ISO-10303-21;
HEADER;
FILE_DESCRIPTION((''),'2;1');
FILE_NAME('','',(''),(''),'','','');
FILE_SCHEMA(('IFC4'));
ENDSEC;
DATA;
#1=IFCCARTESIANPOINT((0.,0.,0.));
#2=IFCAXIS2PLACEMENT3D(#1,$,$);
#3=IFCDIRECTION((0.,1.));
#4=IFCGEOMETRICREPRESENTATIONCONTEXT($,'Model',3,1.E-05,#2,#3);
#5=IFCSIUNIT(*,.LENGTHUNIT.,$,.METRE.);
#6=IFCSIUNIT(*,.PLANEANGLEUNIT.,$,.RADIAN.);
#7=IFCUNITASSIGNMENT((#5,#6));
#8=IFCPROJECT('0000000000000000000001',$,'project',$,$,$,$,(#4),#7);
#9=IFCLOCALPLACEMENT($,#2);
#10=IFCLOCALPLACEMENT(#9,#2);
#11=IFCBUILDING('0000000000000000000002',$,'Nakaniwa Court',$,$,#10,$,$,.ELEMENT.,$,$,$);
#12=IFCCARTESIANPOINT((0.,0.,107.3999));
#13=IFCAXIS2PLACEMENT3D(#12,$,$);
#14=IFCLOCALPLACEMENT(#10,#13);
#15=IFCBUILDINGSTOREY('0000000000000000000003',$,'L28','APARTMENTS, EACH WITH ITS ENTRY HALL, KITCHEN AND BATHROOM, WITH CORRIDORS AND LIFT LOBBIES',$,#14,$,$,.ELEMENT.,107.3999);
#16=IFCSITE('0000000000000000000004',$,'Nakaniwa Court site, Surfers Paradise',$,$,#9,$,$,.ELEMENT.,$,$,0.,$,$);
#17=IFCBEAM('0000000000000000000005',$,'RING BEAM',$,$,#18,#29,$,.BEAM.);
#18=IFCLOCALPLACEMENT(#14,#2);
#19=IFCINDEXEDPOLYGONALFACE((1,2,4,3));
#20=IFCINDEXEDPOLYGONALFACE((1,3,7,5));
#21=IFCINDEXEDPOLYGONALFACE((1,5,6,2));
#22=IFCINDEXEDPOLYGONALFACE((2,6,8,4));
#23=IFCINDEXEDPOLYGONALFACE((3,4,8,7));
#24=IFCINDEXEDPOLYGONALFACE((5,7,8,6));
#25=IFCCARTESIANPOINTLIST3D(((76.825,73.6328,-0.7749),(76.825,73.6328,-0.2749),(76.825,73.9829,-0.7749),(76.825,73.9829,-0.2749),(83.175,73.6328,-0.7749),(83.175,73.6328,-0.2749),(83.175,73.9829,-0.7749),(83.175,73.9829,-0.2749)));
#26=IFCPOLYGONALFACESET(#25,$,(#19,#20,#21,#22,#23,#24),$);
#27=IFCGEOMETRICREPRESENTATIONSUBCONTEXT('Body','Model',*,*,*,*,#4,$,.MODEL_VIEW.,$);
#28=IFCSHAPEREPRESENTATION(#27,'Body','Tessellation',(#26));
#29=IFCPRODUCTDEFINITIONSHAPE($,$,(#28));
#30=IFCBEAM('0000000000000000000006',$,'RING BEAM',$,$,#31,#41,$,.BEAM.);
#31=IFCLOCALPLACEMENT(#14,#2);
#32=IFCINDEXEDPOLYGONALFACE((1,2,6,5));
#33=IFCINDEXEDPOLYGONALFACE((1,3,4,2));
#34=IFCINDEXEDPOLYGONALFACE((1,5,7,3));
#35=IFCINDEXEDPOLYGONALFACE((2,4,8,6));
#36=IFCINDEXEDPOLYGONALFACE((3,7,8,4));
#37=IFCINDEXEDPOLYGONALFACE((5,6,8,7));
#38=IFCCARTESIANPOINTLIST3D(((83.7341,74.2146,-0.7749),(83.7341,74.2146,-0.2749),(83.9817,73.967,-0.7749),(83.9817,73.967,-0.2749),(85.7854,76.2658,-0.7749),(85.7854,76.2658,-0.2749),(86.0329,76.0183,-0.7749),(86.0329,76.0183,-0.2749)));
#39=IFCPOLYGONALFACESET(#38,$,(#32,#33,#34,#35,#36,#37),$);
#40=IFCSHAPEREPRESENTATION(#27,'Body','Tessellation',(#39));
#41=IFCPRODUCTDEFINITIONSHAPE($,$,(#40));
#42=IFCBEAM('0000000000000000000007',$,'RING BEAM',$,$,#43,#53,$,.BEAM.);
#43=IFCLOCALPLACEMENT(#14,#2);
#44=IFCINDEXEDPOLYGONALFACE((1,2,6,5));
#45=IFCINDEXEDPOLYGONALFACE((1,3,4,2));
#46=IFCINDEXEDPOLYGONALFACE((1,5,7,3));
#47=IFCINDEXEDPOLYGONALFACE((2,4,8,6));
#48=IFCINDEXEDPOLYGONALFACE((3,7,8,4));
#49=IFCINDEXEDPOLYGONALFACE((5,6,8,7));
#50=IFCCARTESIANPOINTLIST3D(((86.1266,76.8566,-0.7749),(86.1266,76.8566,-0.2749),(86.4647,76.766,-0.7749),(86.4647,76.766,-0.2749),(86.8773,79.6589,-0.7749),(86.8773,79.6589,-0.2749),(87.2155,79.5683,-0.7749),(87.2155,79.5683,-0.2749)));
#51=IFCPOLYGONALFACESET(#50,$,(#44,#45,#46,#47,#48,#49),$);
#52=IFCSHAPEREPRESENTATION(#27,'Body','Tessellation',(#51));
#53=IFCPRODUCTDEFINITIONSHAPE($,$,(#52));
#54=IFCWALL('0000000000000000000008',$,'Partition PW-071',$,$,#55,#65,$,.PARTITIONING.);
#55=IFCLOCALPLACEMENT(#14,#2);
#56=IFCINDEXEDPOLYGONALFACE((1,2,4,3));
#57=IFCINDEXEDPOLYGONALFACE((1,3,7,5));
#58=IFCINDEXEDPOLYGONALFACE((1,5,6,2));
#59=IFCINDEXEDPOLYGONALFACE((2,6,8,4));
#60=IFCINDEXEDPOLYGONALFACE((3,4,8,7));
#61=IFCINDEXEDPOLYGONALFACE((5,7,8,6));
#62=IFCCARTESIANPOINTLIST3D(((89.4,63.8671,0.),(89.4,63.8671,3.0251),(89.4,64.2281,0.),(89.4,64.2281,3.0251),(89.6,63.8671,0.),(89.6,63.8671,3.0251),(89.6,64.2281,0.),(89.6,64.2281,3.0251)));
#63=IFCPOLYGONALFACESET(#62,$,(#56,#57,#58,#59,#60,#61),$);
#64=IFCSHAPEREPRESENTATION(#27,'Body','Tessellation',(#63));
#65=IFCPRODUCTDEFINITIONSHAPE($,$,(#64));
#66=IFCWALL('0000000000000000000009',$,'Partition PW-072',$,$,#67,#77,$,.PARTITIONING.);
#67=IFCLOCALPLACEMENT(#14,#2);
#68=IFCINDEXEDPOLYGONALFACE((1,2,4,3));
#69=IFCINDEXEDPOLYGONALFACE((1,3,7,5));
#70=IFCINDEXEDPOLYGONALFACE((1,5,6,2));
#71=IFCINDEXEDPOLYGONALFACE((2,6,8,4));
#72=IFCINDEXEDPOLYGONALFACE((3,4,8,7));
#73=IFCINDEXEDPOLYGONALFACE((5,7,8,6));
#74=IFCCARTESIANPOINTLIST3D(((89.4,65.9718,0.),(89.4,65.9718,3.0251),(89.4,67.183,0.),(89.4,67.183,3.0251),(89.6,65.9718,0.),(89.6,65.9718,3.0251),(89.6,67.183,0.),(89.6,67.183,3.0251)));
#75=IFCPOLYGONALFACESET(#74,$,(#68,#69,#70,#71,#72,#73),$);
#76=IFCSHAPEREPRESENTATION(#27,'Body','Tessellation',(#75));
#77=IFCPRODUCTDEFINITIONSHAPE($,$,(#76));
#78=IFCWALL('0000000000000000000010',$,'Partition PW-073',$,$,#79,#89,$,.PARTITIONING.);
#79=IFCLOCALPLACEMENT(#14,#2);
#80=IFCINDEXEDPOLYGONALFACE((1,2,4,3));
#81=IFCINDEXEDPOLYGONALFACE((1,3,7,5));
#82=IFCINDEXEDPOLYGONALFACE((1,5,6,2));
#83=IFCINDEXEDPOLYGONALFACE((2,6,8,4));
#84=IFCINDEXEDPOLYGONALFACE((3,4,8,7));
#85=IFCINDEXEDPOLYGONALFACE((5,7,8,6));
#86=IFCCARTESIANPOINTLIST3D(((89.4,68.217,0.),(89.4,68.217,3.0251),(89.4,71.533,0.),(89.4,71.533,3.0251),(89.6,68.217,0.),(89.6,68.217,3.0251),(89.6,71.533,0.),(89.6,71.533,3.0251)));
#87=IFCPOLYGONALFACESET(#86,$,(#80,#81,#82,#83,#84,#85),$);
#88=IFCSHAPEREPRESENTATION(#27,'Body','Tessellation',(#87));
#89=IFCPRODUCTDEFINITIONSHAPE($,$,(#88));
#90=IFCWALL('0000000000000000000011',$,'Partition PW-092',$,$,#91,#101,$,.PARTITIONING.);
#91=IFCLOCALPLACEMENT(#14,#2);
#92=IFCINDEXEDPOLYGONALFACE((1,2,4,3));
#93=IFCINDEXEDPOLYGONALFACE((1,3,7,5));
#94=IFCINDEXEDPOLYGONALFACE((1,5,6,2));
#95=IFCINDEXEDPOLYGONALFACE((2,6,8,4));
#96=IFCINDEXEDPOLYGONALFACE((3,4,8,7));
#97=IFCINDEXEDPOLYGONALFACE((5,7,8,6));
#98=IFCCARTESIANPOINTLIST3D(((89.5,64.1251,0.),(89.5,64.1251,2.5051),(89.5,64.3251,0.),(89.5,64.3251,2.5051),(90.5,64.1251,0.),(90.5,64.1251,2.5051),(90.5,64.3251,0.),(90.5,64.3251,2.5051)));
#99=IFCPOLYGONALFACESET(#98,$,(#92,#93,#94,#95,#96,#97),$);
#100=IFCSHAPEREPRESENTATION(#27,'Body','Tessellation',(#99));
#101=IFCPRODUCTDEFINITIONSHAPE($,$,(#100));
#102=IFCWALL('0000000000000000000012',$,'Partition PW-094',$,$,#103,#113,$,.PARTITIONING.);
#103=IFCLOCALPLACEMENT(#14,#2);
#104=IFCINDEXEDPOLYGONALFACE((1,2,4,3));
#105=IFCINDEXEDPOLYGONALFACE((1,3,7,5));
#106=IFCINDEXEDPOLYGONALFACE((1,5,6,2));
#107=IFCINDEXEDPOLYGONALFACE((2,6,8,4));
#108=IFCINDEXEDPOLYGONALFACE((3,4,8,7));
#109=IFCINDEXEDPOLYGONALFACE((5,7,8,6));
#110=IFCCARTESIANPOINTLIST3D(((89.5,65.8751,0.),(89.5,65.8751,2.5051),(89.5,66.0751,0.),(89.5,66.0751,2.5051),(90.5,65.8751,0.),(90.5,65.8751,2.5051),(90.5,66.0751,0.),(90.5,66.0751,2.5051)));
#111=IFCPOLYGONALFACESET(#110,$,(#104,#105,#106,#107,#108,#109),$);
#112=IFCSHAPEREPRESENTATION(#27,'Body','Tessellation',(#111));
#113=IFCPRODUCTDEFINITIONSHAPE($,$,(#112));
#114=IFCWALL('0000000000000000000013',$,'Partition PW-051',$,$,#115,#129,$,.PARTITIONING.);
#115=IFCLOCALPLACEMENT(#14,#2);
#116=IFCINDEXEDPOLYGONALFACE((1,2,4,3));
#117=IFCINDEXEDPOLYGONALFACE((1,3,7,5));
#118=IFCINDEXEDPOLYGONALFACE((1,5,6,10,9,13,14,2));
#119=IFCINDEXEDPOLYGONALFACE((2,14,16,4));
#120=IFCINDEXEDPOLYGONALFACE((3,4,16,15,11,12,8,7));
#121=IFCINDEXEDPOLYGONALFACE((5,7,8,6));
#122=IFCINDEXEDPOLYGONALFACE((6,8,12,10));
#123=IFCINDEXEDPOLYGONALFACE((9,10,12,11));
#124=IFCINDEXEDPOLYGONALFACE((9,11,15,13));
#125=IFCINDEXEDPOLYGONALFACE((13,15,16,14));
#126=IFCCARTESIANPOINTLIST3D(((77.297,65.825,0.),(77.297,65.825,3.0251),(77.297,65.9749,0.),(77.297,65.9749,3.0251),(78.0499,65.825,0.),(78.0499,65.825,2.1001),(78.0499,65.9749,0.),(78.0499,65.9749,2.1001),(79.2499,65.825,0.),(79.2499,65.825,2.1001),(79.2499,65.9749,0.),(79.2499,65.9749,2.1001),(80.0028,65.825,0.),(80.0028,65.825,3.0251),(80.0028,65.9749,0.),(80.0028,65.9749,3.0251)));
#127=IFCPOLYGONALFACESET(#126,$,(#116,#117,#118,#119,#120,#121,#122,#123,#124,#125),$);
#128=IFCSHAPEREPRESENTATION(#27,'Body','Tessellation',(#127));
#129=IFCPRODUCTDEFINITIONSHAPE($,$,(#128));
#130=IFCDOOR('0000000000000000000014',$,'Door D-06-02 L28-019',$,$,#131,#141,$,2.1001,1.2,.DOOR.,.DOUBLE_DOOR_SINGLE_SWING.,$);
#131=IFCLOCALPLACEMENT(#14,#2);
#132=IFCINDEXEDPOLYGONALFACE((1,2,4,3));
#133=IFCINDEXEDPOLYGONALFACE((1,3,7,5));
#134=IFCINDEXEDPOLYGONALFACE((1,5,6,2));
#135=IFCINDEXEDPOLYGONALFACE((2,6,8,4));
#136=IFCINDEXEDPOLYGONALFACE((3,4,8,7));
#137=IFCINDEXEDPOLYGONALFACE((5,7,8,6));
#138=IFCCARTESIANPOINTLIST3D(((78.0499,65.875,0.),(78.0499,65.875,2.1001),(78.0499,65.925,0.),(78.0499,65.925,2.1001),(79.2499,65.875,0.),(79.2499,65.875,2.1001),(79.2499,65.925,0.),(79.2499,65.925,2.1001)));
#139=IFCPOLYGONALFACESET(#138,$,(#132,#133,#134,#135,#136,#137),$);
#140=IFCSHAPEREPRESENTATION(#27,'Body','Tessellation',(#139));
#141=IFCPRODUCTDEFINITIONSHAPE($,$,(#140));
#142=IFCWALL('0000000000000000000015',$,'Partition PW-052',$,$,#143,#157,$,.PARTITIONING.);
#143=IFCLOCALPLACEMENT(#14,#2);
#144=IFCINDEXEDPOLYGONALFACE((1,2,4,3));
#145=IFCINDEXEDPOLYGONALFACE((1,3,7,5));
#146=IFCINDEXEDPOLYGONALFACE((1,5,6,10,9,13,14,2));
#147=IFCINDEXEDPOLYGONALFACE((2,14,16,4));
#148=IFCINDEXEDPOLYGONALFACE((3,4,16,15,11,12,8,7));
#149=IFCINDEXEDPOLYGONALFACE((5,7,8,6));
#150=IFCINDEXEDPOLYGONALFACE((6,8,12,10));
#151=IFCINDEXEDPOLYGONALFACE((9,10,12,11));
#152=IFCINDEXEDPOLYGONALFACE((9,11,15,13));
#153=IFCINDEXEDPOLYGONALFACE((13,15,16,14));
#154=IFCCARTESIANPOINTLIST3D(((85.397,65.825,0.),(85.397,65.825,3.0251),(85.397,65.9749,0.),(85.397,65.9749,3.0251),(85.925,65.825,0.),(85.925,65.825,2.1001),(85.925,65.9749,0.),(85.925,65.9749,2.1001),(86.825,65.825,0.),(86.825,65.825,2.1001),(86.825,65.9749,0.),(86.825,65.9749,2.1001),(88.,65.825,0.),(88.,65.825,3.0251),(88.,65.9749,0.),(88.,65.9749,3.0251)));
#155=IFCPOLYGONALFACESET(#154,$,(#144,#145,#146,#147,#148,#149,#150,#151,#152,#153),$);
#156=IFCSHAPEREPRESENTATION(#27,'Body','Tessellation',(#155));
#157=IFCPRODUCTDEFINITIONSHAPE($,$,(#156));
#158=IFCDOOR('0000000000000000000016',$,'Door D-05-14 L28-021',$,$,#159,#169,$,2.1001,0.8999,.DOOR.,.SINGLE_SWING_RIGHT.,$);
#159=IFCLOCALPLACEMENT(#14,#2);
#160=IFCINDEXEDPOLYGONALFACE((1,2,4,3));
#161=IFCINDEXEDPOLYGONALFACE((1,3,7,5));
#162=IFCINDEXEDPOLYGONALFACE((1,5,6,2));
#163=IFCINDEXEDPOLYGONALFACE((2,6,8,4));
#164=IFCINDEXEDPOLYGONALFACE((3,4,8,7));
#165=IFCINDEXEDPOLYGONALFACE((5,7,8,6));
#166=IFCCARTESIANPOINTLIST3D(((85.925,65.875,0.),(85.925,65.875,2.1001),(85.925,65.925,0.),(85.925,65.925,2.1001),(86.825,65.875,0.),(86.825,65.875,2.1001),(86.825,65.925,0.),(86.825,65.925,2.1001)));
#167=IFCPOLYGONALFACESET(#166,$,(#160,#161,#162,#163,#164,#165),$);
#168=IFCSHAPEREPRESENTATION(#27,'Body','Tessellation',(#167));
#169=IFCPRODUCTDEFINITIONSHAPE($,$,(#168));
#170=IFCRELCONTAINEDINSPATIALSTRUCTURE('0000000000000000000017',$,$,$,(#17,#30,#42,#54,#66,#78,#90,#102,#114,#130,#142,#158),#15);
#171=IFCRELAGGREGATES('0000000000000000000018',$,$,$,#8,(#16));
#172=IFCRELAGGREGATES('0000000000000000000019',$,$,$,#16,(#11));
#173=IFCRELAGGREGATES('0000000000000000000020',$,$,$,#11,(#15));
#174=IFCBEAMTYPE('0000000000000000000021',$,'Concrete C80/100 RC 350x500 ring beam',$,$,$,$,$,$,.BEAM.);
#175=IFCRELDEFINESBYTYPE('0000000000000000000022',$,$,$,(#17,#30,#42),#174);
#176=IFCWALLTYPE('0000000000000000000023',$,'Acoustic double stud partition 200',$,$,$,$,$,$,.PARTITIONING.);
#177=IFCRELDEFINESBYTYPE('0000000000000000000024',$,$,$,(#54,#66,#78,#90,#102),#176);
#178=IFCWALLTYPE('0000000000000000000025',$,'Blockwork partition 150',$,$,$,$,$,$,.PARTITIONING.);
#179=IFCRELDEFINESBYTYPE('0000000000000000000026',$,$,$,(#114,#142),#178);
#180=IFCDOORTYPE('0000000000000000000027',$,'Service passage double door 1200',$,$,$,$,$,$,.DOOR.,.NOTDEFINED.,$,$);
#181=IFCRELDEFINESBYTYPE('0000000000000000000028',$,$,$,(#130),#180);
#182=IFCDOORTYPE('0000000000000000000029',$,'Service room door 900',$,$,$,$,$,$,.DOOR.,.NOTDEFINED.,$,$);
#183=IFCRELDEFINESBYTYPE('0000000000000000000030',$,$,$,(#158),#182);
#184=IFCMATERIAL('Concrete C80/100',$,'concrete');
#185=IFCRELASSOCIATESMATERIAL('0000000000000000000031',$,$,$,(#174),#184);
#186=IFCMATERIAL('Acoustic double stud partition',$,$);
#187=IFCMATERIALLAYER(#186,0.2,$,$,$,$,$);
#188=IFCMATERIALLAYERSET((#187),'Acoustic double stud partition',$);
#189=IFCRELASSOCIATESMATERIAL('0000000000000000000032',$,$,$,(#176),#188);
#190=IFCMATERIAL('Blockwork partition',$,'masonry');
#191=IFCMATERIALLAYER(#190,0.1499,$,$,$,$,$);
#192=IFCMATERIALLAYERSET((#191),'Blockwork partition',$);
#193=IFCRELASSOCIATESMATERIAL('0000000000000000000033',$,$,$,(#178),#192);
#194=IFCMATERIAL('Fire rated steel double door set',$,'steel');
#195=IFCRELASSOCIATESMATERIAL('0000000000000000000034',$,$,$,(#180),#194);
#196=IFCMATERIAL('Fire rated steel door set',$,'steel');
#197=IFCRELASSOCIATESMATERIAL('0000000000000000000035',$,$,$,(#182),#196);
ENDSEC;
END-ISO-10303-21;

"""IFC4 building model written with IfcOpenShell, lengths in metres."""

from ifc_helpers import new_model, si_unit, direction, frame, frame_2d, origin, origin_2d, place, context, subcontext, project, spatial, rectangle, extrude, material, layer, layer_set, material_profile, profile_set, type_object, element, fill, save


model = new_model("IFC4")

# Units and contexts
model_context = context("Model", 3, precision=1e-05, world=origin(), true_north=direction((0.0, 1.0)))
body_context = subcontext(model_context, "Body", "Model", "MODEL_VIEW")
ifc_project = project(units=[si_unit("LENGTHUNIT", "METRE"), si_unit("PLANEANGLEUNIT", "RADIAN")], contexts=[model_context])

# Site, building, storey
site_placement = place(None, origin())
site = spatial("IfcSite", under=ifc_project, at=site_placement, Name="Nakaniwa Court site, Surfers Paradise", CompositionType="ELEMENT", RefElevation=0.0)
building_placement = place(site_placement, origin())
building = spatial("IfcBuilding", under=site, at=building_placement, Name="Nakaniwa Court", CompositionType="ELEMENT")
storey_placement = place(building_placement, frame((0.0, 0.0, 107.3999)))
storey = spatial("IfcBuildingStorey", under=building, at=storey_placement, Name="L28", Description="APARTMENTS, EACH WITH ITS ENTRY HALL, KITCHEN AND BATHROOM, WITH CORRIDORS AND LIFT LOBBIES", CompositionType="ELEMENT", Elevation=107.3999)

# Shared definitions
ifc_material_1 = material(Name="Concrete C80/100", Category="concrete")

# Beams
ifc_material_profile_1 = material_profile(ifc_material_1, rectangle(XDim=0.3501, YDim=0.5, at=origin_2d()), Name="Concrete C80/100 RC 350x500 ring beam")
ifc_profile_set_1 = profile_set([ifc_material_profile_1], Name="Concrete C80/100")
beam_type = type_object("IfcBeamType", Name="Concrete C80/100 RC 350x500 ring beam", PredefinedType="BEAM", material=ifc_profile_set_1)
beam_1_placement = place(storey_placement, frame((76.825, 73.8079, -0.5249), z_axis=(1.0, 0.0, 0.0), x_axis=(0.0, 1.0, 0.0)))
element("IfcBeam", 1, at=beam_1_placement, inside=storey, type_object=beam_type, Name="RING BEAM", PredefinedType="BEAM", context=body_context, shape_type="SweptSolid", body=[
    extrude(rectangle(XDim=0.3501, YDim=0.5, at=origin_2d()), origin(), (0.0, 0.0, 1.0), 6.3501),
])
beam_2_placement = place(storey_placement, frame((83.8579, 74.0908, -0.5249), z_axis=(0.707107, 0.707107, 0.0), x_axis=(-0.707107, 0.707107, 0.0)))
element("IfcBeam", 2, at=beam_2_placement, inside=storey, type_object=beam_type, Name="RING BEAM", PredefinedType="BEAM", context=body_context, shape_type="SweptSolid", body=[
    extrude(rectangle(XDim=0.3501, YDim=0.5, at=origin_2d()), origin(), (0.0, 0.0, 1.0), 2.9009),
])
beam_3_placement = place(storey_placement, frame((86.2957, 76.8113, -0.5249), z_axis=(0.258778, 0.965937, 0.0), x_axis=(-0.965937, 0.258778, 0.0)))
element("IfcBeam", 3, at=beam_3_placement, inside=storey, type_object=beam_type, Name="RING BEAM", PredefinedType="BEAM", context=body_context, shape_type="SweptSolid", body=[
    extrude(rectangle(XDim=0.3501, YDim=0.5, at=origin_2d()), origin(), (0.0, 0.0, 1.0), 2.9011),
])

# Walls
ifc_material_2 = material(Name="Acoustic double stud partition")
ifc_layer_1 = layer(ifc_material_2, 0.2)
ifc_layer_set_1 = layer_set([ifc_layer_1], Name="Acoustic double stud partition")
wall_type_1 = type_object("IfcWallType", Name="Acoustic double stud partition 200", PredefinedType="PARTITIONING", material=ifc_layer_set_1)
wall_1_placement = place(storey_placement, frame((89.5, 63.8669, 0.0), z_axis=(0.0, 0.0, 1.0), x_axis=(0.0, 1.0, 0.0)))
element("IfcWall", 4, at=wall_1_placement, inside=storey, type_object=wall_type_1, Name="Partition PW-071", PredefinedType="PARTITIONING", context=body_context, shape_type="SweptSolid", body=[
    extrude(rectangle(XDim=0.3611, YDim=0.2, at=frame_2d((0.1807, 0.0))), origin(), (0.0, 0.0, 1.0), 3.0251),
])
wall_2_placement = place(storey_placement, frame((89.5, 65.9719, 0.0), z_axis=(0.0, 0.0, 1.0), x_axis=(0.0, 1.0, 0.0)))
element("IfcWall", 5, at=wall_2_placement, inside=storey, type_object=wall_type_1, Name="Partition PW-072", PredefinedType="PARTITIONING", context=body_context, shape_type="SweptSolid", body=[
    extrude(rectangle(XDim=1.2112, YDim=0.2, at=frame_2d((0.6055, 0.0))), origin(), (0.0, 0.0, 1.0), 3.0251),
])
wall_3_placement = place(storey_placement, frame((89.5, 68.217, 0.0), z_axis=(0.0, 0.0, 1.0), x_axis=(0.0, 1.0, 0.0)))
element("IfcWall", 6, at=wall_3_placement, inside=storey, type_object=wall_type_1, Name="Partition PW-073", PredefinedType="PARTITIONING", context=body_context, shape_type="SweptSolid", body=[
    extrude(rectangle(XDim=3.3159, YDim=0.2, at=frame_2d((1.658, 0.0))), origin(), (0.0, 0.0, 1.0), 3.0251),
])
for number, where, z_axis, x_axis, name in (
    (7, (89.5, 64.2251, 0.0), (0.0, 0.0, 1.0), (1.0, 0.0, 0.0), "Partition PW-092"),
    (8, (89.5, 65.9751, 0.0), (0.0, 0.0, 1.0), (1.0, 0.0, 0.0), "Partition PW-094"),
):
    element("IfcWall", number, at=place(storey_placement, frame(where, z_axis=z_axis, x_axis=x_axis)), inside=storey, type_object=wall_type_1, Name=name, PredefinedType="PARTITIONING", context=body_context, shape_type="SweptSolid", body=[
        extrude(rectangle(XDim=1.0, YDim=0.2, at=frame_2d((0.5, 0.0))), origin(), (0.0, 0.0, 1.0), 2.5051),
    ])

# Walls, openings, doors
ifc_material_3 = material(Name="Blockwork partition", Category="masonry")
ifc_layer_2 = layer(ifc_material_3, 0.1499)
ifc_layer_set_2 = layer_set([ifc_layer_2], Name="Blockwork partition")
wall_type_2 = type_object("IfcWallType", Name="Blockwork partition 150", PredefinedType="PARTITIONING", material=ifc_layer_set_2)
wall_4_placement = place(storey_placement, frame((80.0029, 65.8999, 0.0), z_axis=(0.0, 0.0, 1.0), x_axis=(-1.0, 0.0, 0.0)))
wall_4 = element("IfcWall", 9, at=wall_4_placement, inside=storey, type_object=wall_type_2, Name="Partition PW-051", PredefinedType="PARTITIONING", context=body_context, shape_type="SweptSolid", body=[
    extrude(rectangle(XDim=2.7058, YDim=0.1499, at=frame_2d((1.353, 0.0))), origin(), (0.0, 0.0, 1.0), 3.0251),
])
opening_1_placement = place(wall_4_placement, frame((0.7529, 0.0, 0.0)))
opening_1 = element("IfcOpeningElement", 10, at=opening_1_placement, cuts=wall_4, PredefinedType="OPENING", context=body_context, shape_type="SweptSolid", body=[
    extrude(rectangle(XDim=1.2, YDim=2.1001, at=frame_2d((0.6001, 1.05))), frame((0.0, 0.085, 0.0), z_axis=(0.0, -1.0, 0.0), x_axis=(1.0, 0.0, 0.0)), (0.0, 0.0, 1.0), 0.1699),
])
ifc_material_4 = material(Name="Fire rated steel double door set", Category="steel")
door_type_1 = type_object("IfcDoorType", Name="Service passage double door 1200", OperationType="NOTDEFINED", PredefinedType="DOOR", material=ifc_material_4)
door_1_placement = place(opening_1_placement, origin())
door_1 = element("IfcDoor", 11, at=door_1_placement, inside=storey, type_object=door_type_1, Name="Door D-06-02 L28-019", OperationType="DOUBLE_DOOR_SINGLE_SWING", OverallHeight=2.1001, OverallWidth=1.2, PredefinedType="DOOR", context=body_context, shape_type="SweptSolid", body=[
    extrude(rectangle(XDim=1.2, YDim=2.1001, at=frame_2d((0.6001, 1.05))), frame((0.0, 0.0249, 0.0), z_axis=(0.0, -1.0, 0.0), x_axis=(1.0, 0.0, 0.0)), (0.0, 0.0, 1.0), 0.05),
])
fill(opening_1, door_1)
wall_5_placement = place(storey_placement, frame((88.0, 65.8999, 0.0), z_axis=(0.0, 0.0, 1.0), x_axis=(-1.0, 0.0, 0.0)))
wall_5 = element("IfcWall", 12, at=wall_5_placement, inside=storey, type_object=wall_type_2, Name="Partition PW-052", PredefinedType="PARTITIONING", context=body_context, shape_type="SweptSolid", body=[
    extrude(rectangle(XDim=2.603, YDim=0.1499, at=frame_2d((1.3015, 0.0))), origin(), (0.0, 0.0, 1.0), 3.0251),
])
opening_2_placement = place(wall_5_placement, frame((1.175, 0.0, 0.0)))
opening_2 = element("IfcOpeningElement", 13, at=opening_2_placement, cuts=wall_5, PredefinedType="OPENING", context=body_context, shape_type="SweptSolid", body=[
    extrude(rectangle(XDim=0.8999, YDim=2.1001, at=frame_2d((0.45, 1.05))), frame((0.0, 0.085, 0.0), z_axis=(0.0, -1.0, 0.0), x_axis=(1.0, 0.0, 0.0)), (0.0, 0.0, 1.0), 0.1699),
])
ifc_material_5 = material(Name="Fire rated steel door set", Category="steel")
door_type_2 = type_object("IfcDoorType", Name="Service room door 900", OperationType="NOTDEFINED", PredefinedType="DOOR", material=ifc_material_5)
door_2_placement = place(opening_2_placement, origin())
door_2 = element("IfcDoor", 14, at=door_2_placement, inside=storey, type_object=door_type_2, Name="Door D-05-14 L28-021", OperationType="SINGLE_SWING_RIGHT", OverallHeight=2.1001, OverallWidth=0.8999, PredefinedType="DOOR", context=body_context, shape_type="SweptSolid", body=[
    extrude(rectangle(XDim=0.8999, YDim=2.1001, at=frame_2d((0.45, 1.05))), frame((0.0, 0.0249, 0.0), z_axis=(0.0, -1.0, 0.0), x_axis=(1.0, 0.0, 0.0)), (0.0, 0.0, 1.0), 0.05),
])
fill(opening_2, door_2)

save(model, "model.ifc")
